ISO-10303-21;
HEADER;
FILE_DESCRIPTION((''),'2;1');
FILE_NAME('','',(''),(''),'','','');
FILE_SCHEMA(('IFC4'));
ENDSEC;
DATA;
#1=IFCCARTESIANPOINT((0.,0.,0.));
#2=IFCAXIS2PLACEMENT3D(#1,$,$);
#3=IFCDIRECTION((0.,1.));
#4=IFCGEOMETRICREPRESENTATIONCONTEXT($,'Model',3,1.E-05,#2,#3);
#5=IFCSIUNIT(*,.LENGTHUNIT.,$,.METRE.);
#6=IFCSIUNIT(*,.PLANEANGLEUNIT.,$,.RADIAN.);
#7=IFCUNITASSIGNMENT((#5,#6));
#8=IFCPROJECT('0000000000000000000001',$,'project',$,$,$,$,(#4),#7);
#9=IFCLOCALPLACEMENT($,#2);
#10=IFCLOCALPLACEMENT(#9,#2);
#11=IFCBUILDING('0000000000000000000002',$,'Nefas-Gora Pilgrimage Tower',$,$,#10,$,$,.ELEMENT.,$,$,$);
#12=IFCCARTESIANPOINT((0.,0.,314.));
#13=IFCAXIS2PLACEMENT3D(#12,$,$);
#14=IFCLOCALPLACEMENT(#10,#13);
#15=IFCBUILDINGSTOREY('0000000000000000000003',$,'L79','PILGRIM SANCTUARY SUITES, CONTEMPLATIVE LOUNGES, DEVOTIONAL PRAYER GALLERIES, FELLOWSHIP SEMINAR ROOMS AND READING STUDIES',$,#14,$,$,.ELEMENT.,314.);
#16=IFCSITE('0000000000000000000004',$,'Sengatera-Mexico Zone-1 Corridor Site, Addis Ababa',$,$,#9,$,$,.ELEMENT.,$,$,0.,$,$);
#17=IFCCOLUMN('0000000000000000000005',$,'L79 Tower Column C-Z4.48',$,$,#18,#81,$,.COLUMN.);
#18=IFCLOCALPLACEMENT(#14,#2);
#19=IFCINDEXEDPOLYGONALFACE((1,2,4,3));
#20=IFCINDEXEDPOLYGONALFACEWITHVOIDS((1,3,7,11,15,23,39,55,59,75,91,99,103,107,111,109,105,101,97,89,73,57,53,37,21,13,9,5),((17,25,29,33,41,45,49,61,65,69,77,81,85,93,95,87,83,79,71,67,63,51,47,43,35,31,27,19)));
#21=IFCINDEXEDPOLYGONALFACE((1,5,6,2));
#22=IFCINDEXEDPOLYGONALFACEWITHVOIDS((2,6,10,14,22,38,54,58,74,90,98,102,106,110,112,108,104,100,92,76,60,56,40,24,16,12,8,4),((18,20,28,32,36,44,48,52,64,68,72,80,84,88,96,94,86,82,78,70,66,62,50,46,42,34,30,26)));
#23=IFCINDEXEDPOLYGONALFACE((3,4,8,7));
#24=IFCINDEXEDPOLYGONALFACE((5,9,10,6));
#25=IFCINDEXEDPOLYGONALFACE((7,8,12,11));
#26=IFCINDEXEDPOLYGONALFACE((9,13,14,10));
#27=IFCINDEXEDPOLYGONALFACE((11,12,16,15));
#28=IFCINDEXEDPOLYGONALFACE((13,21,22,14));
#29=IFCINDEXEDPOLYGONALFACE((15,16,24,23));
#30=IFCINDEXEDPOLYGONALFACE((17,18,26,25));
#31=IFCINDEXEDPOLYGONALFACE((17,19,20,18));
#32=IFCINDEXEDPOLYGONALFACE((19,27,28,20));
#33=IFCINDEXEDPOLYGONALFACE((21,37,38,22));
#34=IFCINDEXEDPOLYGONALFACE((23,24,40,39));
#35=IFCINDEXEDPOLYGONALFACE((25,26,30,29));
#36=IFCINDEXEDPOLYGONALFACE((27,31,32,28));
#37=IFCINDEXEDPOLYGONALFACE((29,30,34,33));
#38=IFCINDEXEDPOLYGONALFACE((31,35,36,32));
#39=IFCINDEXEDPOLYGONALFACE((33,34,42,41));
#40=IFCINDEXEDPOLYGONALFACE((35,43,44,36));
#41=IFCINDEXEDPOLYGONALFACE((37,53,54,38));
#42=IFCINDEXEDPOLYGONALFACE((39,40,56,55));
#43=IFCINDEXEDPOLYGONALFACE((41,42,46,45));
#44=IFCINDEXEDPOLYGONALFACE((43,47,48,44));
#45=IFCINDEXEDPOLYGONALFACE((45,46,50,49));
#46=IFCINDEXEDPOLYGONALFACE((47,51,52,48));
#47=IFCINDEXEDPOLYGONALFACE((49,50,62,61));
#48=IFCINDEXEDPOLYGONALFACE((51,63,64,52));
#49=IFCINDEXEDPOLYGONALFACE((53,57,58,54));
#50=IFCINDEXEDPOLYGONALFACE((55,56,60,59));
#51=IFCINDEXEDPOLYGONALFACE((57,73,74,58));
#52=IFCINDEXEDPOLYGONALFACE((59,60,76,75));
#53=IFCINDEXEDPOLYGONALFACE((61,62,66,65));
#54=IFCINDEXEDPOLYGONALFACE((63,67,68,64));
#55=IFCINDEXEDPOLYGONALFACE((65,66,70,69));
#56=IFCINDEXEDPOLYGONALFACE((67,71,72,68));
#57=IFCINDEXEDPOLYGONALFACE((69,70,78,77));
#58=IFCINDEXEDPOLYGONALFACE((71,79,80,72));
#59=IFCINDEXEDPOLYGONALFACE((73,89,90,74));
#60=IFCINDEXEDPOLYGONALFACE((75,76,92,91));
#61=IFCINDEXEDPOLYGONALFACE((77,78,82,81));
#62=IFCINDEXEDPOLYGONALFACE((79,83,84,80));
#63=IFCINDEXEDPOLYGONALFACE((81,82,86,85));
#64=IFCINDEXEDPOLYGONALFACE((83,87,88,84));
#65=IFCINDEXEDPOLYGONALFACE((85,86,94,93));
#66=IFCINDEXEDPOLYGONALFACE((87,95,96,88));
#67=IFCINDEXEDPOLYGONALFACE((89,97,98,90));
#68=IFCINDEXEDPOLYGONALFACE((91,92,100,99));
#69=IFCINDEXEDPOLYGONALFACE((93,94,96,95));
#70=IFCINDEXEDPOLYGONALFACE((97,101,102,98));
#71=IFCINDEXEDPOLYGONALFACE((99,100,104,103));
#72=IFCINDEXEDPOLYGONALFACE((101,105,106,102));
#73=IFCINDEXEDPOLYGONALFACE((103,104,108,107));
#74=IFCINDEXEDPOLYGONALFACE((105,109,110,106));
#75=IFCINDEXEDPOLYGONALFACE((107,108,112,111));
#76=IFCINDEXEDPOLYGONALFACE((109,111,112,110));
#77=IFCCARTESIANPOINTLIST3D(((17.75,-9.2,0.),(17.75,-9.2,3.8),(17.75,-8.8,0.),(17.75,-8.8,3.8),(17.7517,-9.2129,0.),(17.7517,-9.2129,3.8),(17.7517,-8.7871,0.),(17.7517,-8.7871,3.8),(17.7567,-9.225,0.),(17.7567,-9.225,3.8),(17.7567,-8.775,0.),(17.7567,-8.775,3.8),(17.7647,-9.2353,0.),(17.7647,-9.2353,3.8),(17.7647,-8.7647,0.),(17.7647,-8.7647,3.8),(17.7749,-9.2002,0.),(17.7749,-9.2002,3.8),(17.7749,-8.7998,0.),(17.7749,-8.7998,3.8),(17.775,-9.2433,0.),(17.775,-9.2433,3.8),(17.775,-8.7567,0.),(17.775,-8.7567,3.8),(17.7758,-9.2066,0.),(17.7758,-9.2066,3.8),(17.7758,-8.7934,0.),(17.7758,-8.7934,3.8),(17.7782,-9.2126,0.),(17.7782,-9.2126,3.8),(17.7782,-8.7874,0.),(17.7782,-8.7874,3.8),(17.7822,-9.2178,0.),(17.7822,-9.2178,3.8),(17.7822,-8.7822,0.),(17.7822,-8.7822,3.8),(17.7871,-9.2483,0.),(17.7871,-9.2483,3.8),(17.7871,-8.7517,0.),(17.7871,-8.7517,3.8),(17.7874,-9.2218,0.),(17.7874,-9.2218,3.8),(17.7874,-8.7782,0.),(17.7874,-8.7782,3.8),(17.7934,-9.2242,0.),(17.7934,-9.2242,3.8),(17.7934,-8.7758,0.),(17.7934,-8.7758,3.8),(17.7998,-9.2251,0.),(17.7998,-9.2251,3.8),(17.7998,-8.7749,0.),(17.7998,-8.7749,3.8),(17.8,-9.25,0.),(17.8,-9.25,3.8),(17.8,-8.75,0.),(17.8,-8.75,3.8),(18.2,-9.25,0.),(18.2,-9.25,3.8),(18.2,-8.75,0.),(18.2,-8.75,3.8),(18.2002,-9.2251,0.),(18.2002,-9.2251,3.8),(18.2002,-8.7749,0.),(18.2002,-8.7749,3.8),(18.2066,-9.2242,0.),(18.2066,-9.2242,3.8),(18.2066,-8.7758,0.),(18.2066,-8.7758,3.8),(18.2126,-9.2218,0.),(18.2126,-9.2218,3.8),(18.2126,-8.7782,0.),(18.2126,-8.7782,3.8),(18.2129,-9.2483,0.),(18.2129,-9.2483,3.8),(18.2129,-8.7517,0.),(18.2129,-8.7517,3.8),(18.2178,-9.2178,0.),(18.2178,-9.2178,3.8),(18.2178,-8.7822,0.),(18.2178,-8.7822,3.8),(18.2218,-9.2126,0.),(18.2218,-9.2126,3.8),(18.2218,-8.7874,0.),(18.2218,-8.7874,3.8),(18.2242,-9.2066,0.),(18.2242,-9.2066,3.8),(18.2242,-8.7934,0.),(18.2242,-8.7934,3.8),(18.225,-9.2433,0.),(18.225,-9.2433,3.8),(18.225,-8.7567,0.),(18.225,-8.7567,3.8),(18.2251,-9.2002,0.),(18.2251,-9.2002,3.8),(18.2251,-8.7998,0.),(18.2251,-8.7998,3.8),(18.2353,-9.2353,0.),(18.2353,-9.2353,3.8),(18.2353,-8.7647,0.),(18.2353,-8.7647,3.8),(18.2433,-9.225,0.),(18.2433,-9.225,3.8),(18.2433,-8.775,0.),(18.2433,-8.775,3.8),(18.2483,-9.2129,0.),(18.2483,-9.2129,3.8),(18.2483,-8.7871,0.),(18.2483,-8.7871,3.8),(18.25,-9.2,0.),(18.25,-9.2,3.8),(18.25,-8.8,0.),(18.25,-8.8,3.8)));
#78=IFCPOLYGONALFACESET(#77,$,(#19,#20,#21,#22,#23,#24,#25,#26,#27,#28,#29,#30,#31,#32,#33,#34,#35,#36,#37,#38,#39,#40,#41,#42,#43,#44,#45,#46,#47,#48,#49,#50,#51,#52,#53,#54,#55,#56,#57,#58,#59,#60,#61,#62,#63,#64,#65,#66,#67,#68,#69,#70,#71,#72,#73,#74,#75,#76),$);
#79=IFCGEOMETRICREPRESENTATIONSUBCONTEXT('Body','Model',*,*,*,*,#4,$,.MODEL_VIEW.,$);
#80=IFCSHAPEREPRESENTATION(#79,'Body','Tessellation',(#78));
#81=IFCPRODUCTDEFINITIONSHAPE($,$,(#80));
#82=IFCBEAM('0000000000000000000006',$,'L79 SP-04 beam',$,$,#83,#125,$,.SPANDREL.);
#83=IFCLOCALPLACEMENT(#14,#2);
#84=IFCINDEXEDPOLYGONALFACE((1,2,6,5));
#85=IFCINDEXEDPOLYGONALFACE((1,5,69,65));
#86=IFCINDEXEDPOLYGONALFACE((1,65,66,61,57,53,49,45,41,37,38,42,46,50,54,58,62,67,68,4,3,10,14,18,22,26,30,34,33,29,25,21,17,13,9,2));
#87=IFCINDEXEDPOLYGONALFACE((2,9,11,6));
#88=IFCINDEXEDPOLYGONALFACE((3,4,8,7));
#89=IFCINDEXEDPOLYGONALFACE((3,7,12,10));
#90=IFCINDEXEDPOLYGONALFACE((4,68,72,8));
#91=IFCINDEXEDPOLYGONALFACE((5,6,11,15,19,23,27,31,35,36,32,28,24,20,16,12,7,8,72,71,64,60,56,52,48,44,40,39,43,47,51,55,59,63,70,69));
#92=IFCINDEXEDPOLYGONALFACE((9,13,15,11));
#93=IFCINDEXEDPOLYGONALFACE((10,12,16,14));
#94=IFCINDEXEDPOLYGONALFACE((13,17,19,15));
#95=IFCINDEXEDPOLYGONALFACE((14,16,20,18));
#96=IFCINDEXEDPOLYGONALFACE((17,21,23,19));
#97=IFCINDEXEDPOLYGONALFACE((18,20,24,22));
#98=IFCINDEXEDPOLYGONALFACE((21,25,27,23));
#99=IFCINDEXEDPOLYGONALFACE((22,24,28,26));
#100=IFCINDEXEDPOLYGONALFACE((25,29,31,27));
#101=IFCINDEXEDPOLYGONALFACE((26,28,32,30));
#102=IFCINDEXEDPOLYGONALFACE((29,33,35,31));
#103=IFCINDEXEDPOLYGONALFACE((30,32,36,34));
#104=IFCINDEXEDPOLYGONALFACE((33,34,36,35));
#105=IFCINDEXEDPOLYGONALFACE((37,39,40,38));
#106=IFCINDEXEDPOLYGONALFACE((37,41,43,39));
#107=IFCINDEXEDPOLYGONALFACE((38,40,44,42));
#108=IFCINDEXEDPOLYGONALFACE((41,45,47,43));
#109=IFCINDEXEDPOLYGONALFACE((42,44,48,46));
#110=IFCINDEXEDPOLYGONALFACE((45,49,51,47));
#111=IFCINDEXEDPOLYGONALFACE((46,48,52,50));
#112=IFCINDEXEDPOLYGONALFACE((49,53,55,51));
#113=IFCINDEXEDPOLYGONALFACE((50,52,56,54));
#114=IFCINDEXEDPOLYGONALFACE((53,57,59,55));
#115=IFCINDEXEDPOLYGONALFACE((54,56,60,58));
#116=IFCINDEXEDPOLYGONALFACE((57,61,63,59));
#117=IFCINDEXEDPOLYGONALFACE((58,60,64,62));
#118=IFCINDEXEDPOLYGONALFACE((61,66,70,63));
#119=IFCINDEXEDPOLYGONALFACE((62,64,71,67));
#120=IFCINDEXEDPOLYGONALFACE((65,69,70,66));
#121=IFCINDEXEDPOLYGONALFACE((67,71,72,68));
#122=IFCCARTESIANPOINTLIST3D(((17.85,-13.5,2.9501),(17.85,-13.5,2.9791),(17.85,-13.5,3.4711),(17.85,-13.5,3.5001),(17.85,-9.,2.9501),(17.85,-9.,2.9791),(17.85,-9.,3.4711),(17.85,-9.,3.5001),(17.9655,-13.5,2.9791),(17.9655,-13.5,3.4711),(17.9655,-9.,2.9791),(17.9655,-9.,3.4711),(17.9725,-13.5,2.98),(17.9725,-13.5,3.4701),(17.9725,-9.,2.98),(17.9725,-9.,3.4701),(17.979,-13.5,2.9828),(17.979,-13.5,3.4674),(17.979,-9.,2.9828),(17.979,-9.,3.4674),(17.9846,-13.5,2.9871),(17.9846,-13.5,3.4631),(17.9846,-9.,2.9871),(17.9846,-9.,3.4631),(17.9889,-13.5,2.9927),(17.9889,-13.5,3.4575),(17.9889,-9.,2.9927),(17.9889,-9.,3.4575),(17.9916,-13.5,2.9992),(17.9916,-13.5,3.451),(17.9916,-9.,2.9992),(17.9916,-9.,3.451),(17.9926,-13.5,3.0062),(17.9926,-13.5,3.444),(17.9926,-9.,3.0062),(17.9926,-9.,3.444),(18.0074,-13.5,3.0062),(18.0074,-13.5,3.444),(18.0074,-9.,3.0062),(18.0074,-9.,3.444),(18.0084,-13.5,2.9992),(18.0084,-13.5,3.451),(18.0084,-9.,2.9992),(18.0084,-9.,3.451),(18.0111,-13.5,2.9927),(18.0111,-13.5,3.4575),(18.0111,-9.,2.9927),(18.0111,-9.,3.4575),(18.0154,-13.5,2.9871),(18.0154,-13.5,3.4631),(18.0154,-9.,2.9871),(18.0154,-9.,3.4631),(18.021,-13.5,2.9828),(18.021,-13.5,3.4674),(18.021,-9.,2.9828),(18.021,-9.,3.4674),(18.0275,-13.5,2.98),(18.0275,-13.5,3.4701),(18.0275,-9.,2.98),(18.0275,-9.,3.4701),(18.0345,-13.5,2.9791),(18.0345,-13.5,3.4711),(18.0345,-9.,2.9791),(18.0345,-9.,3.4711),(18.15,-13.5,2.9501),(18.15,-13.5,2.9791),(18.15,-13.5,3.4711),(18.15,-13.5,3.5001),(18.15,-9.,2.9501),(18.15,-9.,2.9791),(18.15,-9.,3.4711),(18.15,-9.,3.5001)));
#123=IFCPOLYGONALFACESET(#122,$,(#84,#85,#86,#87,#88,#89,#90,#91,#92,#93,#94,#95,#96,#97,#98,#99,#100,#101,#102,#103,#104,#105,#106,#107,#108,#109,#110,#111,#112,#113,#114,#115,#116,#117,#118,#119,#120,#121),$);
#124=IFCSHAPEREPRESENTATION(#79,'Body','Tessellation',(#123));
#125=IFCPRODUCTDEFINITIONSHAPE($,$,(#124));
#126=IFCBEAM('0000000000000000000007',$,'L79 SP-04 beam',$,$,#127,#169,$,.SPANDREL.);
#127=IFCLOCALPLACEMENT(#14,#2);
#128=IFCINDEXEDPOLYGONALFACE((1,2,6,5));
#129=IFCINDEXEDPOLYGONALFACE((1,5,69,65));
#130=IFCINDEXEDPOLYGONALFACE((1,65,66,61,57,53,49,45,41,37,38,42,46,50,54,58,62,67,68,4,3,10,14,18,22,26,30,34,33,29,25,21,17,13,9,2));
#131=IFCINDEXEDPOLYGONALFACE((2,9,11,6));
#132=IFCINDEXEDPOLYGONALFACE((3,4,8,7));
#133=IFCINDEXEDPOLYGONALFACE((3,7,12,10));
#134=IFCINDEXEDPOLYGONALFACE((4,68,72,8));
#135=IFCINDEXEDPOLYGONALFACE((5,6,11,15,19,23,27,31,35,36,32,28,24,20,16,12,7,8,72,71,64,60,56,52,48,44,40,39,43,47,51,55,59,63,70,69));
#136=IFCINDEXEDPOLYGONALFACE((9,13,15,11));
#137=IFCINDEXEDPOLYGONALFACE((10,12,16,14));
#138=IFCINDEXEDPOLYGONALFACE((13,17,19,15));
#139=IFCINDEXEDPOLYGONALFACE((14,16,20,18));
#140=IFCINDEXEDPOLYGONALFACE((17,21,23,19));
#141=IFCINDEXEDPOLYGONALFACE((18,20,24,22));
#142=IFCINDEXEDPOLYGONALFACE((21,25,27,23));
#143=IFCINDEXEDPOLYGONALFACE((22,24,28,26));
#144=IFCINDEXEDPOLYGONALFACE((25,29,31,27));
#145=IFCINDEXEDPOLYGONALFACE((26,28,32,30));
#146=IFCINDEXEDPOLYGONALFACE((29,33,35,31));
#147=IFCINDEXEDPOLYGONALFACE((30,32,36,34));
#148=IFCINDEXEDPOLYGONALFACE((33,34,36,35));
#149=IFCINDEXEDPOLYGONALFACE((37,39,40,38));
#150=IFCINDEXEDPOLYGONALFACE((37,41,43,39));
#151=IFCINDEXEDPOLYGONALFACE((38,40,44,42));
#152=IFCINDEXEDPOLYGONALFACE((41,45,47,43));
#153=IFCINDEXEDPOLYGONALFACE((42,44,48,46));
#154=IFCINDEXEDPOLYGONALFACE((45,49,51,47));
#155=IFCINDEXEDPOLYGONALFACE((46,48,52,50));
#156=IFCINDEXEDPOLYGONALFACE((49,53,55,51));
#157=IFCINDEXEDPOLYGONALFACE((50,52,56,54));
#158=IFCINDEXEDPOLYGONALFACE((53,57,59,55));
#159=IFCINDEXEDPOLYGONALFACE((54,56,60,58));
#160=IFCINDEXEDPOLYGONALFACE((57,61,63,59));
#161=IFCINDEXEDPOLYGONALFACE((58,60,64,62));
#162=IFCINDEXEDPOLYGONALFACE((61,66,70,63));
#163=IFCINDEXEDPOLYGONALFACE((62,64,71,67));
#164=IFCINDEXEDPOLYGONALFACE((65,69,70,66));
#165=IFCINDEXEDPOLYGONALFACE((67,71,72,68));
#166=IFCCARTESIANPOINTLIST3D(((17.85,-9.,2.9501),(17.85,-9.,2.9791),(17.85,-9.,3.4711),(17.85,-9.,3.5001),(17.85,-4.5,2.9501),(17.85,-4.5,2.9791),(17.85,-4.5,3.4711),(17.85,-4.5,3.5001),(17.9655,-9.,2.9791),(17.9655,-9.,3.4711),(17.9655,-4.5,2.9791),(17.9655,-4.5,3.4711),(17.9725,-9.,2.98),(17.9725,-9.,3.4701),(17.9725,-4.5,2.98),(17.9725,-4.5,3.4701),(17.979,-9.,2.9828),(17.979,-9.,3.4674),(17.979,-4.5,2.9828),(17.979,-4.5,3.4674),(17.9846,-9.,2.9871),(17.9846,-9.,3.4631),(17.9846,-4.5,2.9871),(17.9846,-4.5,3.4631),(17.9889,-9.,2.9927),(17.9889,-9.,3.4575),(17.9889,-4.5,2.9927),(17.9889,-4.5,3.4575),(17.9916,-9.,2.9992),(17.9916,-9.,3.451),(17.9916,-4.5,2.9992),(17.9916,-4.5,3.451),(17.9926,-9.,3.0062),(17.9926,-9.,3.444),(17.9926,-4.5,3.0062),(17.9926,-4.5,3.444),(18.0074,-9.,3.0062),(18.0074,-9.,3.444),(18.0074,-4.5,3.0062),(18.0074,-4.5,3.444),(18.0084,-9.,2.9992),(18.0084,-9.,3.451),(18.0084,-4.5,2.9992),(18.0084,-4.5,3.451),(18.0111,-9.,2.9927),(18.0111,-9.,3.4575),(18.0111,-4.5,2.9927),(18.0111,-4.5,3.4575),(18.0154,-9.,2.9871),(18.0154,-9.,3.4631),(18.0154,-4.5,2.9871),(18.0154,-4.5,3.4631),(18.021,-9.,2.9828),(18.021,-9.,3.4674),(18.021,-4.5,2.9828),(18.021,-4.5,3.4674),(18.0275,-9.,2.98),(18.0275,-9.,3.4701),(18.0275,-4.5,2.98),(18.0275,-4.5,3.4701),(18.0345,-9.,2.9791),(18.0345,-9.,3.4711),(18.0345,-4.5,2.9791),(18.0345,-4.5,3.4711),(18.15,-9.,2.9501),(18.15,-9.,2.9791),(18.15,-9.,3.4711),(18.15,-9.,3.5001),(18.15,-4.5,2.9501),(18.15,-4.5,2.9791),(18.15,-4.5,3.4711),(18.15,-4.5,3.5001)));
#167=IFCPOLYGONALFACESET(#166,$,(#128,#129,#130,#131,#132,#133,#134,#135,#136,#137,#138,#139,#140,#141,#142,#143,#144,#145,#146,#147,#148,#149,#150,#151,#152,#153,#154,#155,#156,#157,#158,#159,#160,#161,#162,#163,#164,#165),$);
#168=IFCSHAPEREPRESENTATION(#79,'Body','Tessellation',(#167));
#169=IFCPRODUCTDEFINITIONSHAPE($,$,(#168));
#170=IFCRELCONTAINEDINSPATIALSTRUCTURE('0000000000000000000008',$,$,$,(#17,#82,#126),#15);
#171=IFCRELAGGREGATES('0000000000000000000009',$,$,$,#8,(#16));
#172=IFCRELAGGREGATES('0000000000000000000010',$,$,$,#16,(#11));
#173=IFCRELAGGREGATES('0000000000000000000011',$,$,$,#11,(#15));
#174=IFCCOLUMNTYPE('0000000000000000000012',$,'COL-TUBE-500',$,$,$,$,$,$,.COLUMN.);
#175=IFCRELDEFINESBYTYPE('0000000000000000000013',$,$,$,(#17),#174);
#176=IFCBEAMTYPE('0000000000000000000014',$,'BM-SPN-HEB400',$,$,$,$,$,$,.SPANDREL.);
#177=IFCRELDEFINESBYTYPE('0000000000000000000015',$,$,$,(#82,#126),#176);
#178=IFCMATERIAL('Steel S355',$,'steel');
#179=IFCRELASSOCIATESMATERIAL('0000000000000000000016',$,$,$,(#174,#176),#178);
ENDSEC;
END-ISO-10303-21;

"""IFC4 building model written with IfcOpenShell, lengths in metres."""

from ifc_helpers import new_model, si_unit, direction, frame, origin, origin_2d, place, context, subcontext, project, spatial, hollow_rectangle, i_section, extrude, source, transform, mapped, material, material_profile, profile_set, type_object, element, save


model = new_model("IFC4")

# Units and contexts
model_context = context("Model", 3, precision=1e-05, world=origin(), true_north=direction((0.0, 1.0)))
body_context = subcontext(model_context, "Body", "Model", "MODEL_VIEW")
ifc_project = project(units=[si_unit("LENGTHUNIT", "METRE"), si_unit("PLANEANGLEUNIT", "RADIAN")], contexts=[model_context])

# Site, building, storey
site_placement = place(None, origin())
site = spatial("IfcSite", under=ifc_project, at=site_placement, Name="Sengatera-Mexico Zone-1 Corridor Site, Addis Ababa", CompositionType="ELEMENT", RefElevation=0.0)
building_placement = place(site_placement, origin())
building = spatial("IfcBuilding", under=site, at=building_placement, Name="Nefas-Gora Pilgrimage Tower", CompositionType="ELEMENT")
storey_placement = place(building_placement, frame((0.0, 0.0, 314.0)))
storey = spatial("IfcBuildingStorey", under=building, at=storey_placement, Name="L79", Description="PILGRIM SANCTUARY SUITES, CONTEMPLATIVE LOUNGES, DEVOTIONAL PRAYER GALLERIES, FELLOWSHIP SEMINAR ROOMS AND READING STUDIES", CompositionType="ELEMENT", Elevation=314.0)

# Column
ifc_material_1 = material(Name="Steel S355", Category="steel")
ifc_material_profile_1 = material_profile(ifc_material_1, hollow_rectangle(XDim=0.5, YDim=0.5, WallThickness=0.0249, InnerFilletRadius=0.0249, OuterFilletRadius=0.05, at=origin_2d()), Name="SHS 500x500x25")
ifc_profile_set_1 = profile_set([ifc_material_profile_1], Name="Steel S355")
column_type_1 = type_object("IfcColumnType", Name="COL-TUBE-500", PredefinedType="COLUMN", material=ifc_profile_set_1)
shared_shape_1 = source(origin(), body_context, "Body", "SweptSolid", [
    extrude(hollow_rectangle(XDim=0.5, YDim=0.5, WallThickness=0.0249, InnerFilletRadius=0.0249, OuterFilletRadius=0.05, at=origin_2d()), origin(), (0.0, 0.0, 1.0), 3.8),
])
for number, where, z_axis, x_axis, name in (
    (1, (18.0, -9.0, 0.0), (0.0, 0.0, 1.0), (1.0, 0.0, 0.0), "L79 Tower Column C-Z4.48"),
):
    element("IfcColumn", number, at=place(storey_placement, frame(where, z_axis=z_axis, x_axis=x_axis)), inside=storey, type_object=column_type_1, Name=name, PredefinedType="COLUMN", context=body_context, shape_type="MappedRepresentation", body=[
        mapped(shared_shape_1, transform((0.0, 0.0, 0.0), x_axis=(1.0, 0.0, 0.0), y_axis=(0.0, 1.0, 0.0), z_axis=(0.0, 0.0, 1.0), scale=1.0)),
    ])

# Beams
ifc_material_profile_2 = material_profile(ifc_material_1, i_section(OverallWidth=0.3, OverallDepth=0.55, WebThickness=0.0149, FlangeThickness=0.0291, FilletRadius=0.0271, at=origin_2d()), Name="HEB 550")
ifc_profile_set_2 = profile_set([ifc_material_profile_2], Name="Steel S355")
beam_type_1 = type_object("IfcBeamType", Name="BM-SPN-HEB400", PredefinedType="SPANDREL", material=ifc_profile_set_2)
shared_shape_2 = source(origin(), body_context, "Body", "SweptSolid", [
    extrude(i_section(OverallWidth=0.3, OverallDepth=0.55, WebThickness=0.0149, FlangeThickness=0.0291, FilletRadius=0.0271, at=origin_2d()), origin(), (0.0, 0.0, 1.0), 4.5),
])
for number, where, z_axis, x_axis, name in (
    (2, (18.0, -13.5, 3.2251), (0.0, 1.0, 0.0), (-1.0, 0.0, 0.0), "L79 SP-04 beam"),
    (3, (18.0, -9.0, 3.2251), (0.0, 1.0, 0.0), (-1.0, 0.0, 0.0), "L79 SP-04 beam"),
):
    element("IfcBeam", number, at=place(storey_placement, frame(where, z_axis=z_axis, x_axis=x_axis)), inside=storey, type_object=beam_type_1, Name=name, PredefinedType="SPANDREL", context=body_context, shape_type="MappedRepresentation", body=[
        mapped(shared_shape_2, transform((0.0, 0.0, 0.0), x_axis=(1.0, 0.0, 0.0), y_axis=(0.0, 1.0, 0.0), z_axis=(0.0, 0.0, 1.0), scale=1.0)),
    ])

save(model, "model.ifc")
